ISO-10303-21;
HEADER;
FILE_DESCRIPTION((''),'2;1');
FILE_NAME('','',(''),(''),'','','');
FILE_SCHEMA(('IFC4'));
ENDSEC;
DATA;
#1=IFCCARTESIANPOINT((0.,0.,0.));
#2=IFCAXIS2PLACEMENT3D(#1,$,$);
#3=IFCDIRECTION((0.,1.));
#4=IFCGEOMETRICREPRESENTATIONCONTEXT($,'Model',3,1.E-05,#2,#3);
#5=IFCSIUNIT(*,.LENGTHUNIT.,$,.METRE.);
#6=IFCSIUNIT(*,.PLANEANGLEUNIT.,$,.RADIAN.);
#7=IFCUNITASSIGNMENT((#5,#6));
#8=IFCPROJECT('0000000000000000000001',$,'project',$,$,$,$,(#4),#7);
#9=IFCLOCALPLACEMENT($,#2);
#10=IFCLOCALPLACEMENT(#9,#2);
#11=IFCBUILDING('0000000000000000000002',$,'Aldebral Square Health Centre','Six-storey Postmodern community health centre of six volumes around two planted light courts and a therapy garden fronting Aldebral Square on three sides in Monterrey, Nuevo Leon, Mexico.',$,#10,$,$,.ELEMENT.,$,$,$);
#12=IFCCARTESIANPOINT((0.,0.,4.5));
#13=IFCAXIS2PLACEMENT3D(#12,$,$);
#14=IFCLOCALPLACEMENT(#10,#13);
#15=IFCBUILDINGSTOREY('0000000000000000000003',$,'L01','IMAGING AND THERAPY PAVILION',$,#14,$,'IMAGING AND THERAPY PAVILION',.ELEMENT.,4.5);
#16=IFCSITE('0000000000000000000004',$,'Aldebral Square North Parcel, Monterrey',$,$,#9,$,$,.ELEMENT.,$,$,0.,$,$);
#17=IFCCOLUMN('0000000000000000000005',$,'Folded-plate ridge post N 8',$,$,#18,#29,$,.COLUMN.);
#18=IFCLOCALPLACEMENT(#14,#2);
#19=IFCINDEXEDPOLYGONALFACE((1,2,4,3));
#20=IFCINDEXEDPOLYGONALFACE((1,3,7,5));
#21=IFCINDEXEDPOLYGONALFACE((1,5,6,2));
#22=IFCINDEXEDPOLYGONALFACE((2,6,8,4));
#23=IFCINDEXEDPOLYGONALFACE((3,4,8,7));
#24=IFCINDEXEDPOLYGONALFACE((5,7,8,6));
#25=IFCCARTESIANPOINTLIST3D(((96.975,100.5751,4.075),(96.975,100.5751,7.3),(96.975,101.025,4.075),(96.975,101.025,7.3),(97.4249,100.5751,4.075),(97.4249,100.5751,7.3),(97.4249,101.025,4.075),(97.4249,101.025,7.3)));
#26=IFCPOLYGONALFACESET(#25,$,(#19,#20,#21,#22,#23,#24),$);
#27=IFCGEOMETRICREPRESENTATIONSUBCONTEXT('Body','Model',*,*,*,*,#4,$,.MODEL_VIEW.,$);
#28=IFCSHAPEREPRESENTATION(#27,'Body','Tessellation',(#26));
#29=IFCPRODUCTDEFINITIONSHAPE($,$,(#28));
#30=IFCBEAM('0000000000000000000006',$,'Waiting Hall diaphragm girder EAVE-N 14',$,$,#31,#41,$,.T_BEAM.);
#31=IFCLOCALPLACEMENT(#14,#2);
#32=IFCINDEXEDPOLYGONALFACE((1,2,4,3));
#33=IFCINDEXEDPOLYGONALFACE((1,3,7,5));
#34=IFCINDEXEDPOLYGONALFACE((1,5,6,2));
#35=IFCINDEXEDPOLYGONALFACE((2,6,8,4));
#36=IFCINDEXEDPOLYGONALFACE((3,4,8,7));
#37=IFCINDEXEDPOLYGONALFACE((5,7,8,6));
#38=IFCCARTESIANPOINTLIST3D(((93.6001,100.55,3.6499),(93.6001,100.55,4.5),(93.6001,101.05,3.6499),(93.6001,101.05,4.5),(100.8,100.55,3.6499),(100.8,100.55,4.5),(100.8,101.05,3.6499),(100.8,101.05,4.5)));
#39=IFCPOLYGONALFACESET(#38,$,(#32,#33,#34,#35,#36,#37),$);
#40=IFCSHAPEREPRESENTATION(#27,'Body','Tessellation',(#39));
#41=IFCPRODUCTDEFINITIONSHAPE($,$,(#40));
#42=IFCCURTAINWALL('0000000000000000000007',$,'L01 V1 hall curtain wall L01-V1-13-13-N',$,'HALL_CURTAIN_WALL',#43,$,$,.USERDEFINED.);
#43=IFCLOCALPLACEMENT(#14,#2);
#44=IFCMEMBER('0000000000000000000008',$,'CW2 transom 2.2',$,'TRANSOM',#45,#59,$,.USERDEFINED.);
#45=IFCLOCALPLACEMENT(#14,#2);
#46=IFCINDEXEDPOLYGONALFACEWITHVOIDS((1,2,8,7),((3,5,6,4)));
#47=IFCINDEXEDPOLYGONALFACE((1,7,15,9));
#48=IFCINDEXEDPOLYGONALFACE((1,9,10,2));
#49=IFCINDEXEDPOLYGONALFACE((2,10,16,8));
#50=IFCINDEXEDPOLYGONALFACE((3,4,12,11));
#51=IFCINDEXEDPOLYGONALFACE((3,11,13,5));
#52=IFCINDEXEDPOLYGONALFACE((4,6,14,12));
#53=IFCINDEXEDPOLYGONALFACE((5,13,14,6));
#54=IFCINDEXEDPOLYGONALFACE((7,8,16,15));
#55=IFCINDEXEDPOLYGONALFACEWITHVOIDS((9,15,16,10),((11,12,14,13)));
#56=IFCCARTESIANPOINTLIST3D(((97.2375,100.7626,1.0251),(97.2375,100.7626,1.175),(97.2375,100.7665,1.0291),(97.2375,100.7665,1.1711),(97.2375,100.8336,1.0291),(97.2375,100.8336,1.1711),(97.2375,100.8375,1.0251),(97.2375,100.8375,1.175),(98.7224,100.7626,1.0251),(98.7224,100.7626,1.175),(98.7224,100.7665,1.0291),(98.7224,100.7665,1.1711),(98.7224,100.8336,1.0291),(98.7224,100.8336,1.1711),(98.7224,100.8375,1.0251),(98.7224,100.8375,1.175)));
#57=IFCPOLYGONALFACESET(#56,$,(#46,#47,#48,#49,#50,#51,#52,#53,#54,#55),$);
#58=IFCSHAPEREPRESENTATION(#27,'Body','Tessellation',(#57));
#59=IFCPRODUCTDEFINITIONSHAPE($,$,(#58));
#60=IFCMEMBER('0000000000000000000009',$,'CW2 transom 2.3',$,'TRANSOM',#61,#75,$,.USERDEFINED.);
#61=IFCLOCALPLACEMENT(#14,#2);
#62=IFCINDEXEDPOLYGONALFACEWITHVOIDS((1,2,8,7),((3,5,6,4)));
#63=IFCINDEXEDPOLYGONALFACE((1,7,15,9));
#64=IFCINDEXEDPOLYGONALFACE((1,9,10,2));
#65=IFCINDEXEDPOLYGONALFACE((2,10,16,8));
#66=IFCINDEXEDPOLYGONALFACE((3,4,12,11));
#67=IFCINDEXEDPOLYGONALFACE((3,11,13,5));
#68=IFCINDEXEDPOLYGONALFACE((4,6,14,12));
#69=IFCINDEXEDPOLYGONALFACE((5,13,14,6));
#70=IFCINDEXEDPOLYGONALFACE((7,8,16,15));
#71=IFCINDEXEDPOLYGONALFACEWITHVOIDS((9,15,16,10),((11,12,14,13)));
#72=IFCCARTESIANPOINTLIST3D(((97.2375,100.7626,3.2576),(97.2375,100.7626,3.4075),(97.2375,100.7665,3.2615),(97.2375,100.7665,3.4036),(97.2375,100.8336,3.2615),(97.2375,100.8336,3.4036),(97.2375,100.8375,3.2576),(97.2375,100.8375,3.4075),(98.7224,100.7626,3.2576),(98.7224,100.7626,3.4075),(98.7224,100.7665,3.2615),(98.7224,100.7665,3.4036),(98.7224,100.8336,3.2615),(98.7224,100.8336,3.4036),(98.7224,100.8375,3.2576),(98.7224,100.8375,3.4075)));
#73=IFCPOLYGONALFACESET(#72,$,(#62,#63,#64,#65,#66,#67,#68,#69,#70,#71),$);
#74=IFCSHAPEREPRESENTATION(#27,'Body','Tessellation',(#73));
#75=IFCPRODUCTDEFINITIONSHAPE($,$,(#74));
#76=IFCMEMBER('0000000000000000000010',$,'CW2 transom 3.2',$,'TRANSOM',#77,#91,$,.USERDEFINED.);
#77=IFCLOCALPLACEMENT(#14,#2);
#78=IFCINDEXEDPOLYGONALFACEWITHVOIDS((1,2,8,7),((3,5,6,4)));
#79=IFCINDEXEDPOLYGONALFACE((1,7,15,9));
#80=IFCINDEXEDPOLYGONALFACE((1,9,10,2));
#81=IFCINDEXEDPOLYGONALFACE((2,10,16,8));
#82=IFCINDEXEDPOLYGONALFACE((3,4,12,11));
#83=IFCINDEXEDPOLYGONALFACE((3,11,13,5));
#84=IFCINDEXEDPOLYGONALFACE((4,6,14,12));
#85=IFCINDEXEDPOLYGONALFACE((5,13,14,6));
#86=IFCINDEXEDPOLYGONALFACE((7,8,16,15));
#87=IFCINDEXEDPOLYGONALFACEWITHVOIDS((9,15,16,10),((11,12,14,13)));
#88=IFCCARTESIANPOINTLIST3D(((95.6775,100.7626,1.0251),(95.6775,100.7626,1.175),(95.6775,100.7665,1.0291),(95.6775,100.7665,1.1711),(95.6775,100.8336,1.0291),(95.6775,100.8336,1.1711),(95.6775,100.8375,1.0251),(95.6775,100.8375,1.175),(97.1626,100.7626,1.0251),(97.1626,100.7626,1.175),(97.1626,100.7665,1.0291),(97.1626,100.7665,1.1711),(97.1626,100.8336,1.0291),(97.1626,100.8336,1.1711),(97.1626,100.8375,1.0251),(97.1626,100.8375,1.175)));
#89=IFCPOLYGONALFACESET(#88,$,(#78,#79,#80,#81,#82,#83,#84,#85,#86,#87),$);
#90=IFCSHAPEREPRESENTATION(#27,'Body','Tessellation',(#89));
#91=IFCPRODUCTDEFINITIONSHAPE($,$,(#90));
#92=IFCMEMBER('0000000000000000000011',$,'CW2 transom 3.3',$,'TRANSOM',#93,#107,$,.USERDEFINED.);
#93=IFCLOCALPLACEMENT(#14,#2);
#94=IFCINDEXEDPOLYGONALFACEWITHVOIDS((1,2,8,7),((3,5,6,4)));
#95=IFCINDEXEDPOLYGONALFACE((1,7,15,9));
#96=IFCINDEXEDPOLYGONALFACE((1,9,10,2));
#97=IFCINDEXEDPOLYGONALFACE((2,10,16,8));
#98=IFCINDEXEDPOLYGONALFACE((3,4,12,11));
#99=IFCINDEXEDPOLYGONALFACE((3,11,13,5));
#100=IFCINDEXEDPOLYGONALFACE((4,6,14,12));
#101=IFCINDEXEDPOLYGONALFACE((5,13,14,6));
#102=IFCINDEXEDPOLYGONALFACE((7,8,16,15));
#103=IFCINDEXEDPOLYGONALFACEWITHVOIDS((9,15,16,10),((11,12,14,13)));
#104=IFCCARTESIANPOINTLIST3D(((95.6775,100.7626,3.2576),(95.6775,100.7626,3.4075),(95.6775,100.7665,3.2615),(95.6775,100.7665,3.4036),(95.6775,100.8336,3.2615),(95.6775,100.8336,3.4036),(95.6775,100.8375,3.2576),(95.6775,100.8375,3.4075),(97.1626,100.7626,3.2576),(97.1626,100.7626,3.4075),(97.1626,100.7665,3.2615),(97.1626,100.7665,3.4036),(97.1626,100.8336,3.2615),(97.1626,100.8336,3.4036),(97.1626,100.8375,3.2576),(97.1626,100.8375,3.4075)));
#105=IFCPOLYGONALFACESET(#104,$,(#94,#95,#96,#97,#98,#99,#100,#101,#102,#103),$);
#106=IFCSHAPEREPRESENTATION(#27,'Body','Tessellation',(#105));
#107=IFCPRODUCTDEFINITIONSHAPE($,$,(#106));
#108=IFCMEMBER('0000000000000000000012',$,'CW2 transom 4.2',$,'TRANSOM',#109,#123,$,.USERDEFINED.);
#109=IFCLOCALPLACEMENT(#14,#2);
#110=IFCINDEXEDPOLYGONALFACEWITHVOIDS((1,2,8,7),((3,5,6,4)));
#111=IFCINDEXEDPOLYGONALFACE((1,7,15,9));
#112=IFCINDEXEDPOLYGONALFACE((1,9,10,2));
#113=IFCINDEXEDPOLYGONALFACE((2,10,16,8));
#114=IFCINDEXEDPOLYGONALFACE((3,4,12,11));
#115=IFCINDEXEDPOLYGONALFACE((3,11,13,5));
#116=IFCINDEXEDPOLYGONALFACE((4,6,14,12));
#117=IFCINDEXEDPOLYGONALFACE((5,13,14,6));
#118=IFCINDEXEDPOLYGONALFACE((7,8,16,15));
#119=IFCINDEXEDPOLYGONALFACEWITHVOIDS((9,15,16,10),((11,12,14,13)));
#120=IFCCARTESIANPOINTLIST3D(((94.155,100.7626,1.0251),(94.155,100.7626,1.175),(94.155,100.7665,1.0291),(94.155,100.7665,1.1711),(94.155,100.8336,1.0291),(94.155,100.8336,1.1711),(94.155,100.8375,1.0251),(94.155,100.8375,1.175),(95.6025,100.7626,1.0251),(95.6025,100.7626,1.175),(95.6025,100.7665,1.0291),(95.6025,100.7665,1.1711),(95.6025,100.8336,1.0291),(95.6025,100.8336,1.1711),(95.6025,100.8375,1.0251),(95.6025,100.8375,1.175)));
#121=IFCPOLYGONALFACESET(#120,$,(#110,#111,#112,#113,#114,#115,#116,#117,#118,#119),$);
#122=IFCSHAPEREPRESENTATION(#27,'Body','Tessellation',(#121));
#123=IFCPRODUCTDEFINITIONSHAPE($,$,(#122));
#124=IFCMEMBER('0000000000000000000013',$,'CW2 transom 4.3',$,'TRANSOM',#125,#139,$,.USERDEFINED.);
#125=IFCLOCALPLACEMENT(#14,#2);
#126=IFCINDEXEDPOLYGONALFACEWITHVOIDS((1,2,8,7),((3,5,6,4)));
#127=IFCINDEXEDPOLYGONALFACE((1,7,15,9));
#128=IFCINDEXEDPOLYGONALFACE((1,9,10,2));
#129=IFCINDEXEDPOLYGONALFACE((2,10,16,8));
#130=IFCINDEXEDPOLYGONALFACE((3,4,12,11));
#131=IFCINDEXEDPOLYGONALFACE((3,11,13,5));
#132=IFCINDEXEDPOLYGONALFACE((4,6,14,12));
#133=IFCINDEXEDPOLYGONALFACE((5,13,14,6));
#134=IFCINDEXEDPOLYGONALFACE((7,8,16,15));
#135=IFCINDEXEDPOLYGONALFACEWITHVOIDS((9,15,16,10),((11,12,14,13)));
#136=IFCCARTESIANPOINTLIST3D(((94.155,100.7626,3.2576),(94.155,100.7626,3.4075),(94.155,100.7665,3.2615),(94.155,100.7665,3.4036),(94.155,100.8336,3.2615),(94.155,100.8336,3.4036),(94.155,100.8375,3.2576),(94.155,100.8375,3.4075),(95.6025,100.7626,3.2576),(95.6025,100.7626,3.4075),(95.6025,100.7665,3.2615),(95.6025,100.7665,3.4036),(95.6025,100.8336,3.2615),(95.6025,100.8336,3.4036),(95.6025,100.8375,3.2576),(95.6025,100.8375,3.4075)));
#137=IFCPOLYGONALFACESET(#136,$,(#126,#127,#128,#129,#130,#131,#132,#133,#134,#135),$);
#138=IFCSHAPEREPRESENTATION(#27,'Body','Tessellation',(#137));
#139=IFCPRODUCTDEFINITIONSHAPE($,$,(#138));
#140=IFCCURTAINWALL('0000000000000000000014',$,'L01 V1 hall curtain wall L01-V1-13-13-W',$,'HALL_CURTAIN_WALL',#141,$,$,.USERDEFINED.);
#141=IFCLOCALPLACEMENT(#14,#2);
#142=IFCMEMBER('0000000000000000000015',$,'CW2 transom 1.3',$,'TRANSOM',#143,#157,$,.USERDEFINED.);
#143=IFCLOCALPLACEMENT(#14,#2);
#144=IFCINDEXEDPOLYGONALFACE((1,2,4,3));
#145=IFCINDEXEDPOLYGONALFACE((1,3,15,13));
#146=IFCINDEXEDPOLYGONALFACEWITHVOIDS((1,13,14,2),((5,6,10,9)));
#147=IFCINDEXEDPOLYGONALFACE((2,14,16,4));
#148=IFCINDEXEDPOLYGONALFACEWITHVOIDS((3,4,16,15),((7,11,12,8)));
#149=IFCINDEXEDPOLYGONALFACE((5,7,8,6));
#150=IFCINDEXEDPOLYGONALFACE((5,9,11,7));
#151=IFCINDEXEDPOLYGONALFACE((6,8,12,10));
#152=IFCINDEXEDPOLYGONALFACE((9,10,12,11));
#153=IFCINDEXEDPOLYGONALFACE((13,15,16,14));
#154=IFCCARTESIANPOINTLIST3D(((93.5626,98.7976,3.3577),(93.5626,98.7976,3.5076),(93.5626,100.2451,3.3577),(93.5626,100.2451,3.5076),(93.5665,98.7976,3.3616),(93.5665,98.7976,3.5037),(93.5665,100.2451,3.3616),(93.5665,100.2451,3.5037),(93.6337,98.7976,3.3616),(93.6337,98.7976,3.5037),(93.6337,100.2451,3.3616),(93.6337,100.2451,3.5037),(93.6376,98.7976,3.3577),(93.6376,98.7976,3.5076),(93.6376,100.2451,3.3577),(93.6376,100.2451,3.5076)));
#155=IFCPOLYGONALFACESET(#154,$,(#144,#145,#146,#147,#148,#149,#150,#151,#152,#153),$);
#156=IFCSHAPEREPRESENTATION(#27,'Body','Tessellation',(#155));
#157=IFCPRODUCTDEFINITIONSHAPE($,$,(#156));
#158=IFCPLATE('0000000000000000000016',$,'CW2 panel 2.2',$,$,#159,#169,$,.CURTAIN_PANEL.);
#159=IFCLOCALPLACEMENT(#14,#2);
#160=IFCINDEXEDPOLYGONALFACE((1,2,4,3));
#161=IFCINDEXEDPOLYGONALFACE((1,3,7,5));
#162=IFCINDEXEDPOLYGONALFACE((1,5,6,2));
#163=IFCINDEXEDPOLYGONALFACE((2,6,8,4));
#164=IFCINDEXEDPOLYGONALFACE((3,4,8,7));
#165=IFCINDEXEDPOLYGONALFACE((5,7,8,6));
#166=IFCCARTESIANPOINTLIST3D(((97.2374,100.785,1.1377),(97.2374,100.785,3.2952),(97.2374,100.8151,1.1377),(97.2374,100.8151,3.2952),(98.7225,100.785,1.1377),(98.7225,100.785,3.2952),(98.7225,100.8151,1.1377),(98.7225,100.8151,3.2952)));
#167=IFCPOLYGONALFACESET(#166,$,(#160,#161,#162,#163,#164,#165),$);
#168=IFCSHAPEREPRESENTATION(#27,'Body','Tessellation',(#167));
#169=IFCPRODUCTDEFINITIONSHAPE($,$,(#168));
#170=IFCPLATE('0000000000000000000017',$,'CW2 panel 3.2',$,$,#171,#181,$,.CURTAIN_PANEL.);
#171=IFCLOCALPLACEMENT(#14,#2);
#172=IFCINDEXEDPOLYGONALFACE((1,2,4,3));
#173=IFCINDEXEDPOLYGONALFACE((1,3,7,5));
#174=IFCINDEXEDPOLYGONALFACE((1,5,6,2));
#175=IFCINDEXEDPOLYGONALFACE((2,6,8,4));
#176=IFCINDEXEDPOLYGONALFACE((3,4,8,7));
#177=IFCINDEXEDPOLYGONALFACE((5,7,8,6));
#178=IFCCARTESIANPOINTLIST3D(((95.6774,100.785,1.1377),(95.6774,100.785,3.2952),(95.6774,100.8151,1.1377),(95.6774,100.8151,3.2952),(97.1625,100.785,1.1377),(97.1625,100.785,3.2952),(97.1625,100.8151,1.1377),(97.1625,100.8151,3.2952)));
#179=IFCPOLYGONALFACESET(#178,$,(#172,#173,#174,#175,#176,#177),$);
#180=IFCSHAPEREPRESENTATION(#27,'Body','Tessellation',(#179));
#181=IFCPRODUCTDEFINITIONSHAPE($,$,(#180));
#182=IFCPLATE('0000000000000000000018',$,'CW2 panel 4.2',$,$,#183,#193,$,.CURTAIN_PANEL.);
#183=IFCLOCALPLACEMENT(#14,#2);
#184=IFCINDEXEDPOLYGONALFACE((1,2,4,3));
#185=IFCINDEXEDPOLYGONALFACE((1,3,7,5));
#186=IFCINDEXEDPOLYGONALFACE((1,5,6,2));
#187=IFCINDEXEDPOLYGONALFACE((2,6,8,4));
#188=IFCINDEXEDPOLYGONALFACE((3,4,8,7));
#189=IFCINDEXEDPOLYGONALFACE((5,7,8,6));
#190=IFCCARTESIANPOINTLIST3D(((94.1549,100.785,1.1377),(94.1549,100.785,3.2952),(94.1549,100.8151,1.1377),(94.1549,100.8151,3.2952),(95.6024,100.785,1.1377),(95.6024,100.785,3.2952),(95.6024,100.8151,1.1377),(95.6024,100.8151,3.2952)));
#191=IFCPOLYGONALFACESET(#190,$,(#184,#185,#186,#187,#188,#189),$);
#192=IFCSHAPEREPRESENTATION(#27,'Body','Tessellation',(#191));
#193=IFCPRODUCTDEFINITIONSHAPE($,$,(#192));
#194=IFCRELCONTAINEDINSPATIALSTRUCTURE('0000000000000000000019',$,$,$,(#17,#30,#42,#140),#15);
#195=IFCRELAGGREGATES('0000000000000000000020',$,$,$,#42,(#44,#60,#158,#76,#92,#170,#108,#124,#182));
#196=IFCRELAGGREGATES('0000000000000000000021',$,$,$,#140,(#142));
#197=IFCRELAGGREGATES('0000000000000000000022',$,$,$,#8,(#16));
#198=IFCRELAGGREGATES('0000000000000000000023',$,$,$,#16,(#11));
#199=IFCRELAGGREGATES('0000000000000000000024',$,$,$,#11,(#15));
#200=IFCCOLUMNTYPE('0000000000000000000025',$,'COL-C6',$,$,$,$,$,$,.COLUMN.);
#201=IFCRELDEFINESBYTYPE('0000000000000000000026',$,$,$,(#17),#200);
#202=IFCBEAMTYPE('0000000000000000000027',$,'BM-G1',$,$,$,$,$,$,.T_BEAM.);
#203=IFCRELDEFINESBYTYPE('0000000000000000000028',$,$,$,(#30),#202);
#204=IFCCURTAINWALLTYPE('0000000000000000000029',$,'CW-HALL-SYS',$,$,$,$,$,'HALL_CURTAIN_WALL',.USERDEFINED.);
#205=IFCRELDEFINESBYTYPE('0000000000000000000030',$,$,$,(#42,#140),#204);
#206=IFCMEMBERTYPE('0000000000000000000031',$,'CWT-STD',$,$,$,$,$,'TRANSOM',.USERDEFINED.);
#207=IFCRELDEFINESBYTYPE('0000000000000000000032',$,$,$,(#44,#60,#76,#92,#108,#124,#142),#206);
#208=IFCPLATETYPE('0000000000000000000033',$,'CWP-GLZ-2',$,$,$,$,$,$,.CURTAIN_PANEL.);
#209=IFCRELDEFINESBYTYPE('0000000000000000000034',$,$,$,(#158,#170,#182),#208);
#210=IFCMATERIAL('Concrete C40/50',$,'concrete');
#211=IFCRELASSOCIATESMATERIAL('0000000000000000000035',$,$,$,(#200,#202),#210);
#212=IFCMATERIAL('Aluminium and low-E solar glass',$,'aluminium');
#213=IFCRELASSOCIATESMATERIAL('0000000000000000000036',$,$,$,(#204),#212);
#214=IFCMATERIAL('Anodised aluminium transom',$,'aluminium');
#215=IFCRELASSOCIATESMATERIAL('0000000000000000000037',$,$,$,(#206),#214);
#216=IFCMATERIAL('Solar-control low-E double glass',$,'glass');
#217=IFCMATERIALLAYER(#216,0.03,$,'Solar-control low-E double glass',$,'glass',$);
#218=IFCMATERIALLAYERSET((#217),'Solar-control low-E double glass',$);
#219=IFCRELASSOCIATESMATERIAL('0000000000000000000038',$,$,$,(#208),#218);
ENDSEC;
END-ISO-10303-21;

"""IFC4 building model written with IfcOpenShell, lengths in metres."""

from ifc_helpers import new_model, si_unit, direction, frame, origin, origin_2d, place, context, subcontext, project, spatial, rectangle, hollow_rectangle, extrude, material, layer, layer_set, material_profile, profile_set, type_object, element, aggregate, save


model = new_model("IFC4")

# Units and contexts
model_context = context("Model", 3, precision=1e-05, world=origin(), true_north=direction((0.0, 1.0)))
body_context = subcontext(model_context, "Body", "Model", "MODEL_VIEW")
ifc_project = project(units=[si_unit("LENGTHUNIT", "METRE"), si_unit("PLANEANGLEUNIT", "RADIAN")], contexts=[model_context])

# Site, building, storey
site_placement = place(None, origin())
site = spatial("IfcSite", under=ifc_project, at=site_placement, Name="Aldebral Square North Parcel, Monterrey", CompositionType="ELEMENT", RefElevation=0.0)
building_placement = place(site_placement, origin())
building = spatial("IfcBuilding", under=site, at=building_placement, Name="Aldebral Square Health Centre", Description="Six-storey Postmodern community health centre of six volumes around two planted light courts and a therapy garden fronting Aldebral Square on three sides in Monterrey, Nuevo Leon, Mexico.", CompositionType="ELEMENT")
storey_placement = place(building_placement, frame((0.0, 0.0, 4.5)))
storey = spatial("IfcBuildingStorey", under=building, at=storey_placement, Name="L01", Description="IMAGING AND THERAPY PAVILION", LongName="IMAGING AND THERAPY PAVILION", CompositionType="ELEMENT", Elevation=4.5)

# Column
ifc_material_1 = material(Name="Concrete C40/50", Category="concrete")
ifc_material_profile_1 = material_profile(ifc_material_1, rectangle(XDim=0.45, YDim=0.45, at=origin_2d()), Name="RC 450x450")
ifc_profile_set_1 = profile_set([ifc_material_profile_1], Name="Concrete C40/50")
column_type = type_object("IfcColumnType", Name="COL-C6", PredefinedType="COLUMN", material=ifc_profile_set_1)
column_placement = place(storey_placement, frame((97.2, 100.8, 4.075), z_axis=(0.0, 0.0, 1.0), x_axis=(1.0, 0.0, 0.0)))
element("IfcColumn", 1, at=column_placement, inside=storey, type_object=column_type, Name="Folded-plate ridge post N 8", PredefinedType="COLUMN", context=body_context, shape_type="SweptSolid", body=[
    extrude(rectangle(XDim=0.45, YDim=0.45, at=origin_2d()), origin(), (0.0, 0.0, 1.0), 3.2251),
])

# Beam
ifc_material_profile_2 = material_profile(ifc_material_1, rectangle(XDim=0.5, YDim=0.8501, at=origin_2d()), Name="RC 500x850")
ifc_profile_set_2 = profile_set([ifc_material_profile_2], Name="Concrete C40/50")
beam_type = type_object("IfcBeamType", Name="BM-G1", PredefinedType="T_BEAM", material=ifc_profile_set_2)
beam_placement = place(storey_placement, frame((93.6001, 100.8, 4.075), z_axis=(1.0, 0.0, 0.0), x_axis=(0.0, 1.0, 0.0)))
element("IfcBeam", 2, at=beam_placement, inside=storey, type_object=beam_type, Name="Waiting Hall diaphragm girder EAVE-N 14", PredefinedType="T_BEAM", context=body_context, shape_type="SweptSolid", body=[
    extrude(rectangle(XDim=0.5, YDim=0.8501, at=origin_2d()), origin(), (0.0, 0.0, 1.0), 7.2),
])

# Curtain wall, members
ifc_material_2 = material(Name="Aluminium and low-E solar glass", Category="aluminium")
curtain_wall_type = type_object("IfcCurtainWallType", Name="CW-HALL-SYS", ElementType="HALL_CURTAIN_WALL", PredefinedType="USERDEFINED", material=ifc_material_2)
curtain_wall_1_placement = place(storey_placement, origin())
curtain_wall_1 = element("IfcCurtainWall", 3, at=curtain_wall_1_placement, inside=storey, type_object=curtain_wall_type, Name="L01 V1 hall curtain wall L01-V1-13-13-N", ObjectType="HALL_CURTAIN_WALL", PredefinedType="USERDEFINED")
ifc_material_3 = material(Name="Anodised aluminium transom", Category="aluminium")
ifc_material_profile_3 = material_profile(ifc_material_3, hollow_rectangle(XDim=0.075, YDim=0.1499, WallThickness=0.0039, at=origin_2d()), Name="CWT 75x150x4")
ifc_profile_set_3 = profile_set([ifc_material_profile_3], Name="Anodised aluminium transom")
member_type = type_object("IfcMemberType", Name="CWT-STD", ElementType="TRANSOM", PredefinedType="USERDEFINED", material=ifc_profile_set_3)
member_1_placement = place(storey_placement, frame((98.7224, 100.8, 1.1001), z_axis=(-1.0, 0.0, 0.0), x_axis=(0.0, -1.0, 0.0)))
member_1 = element("IfcMember", 4, at=member_1_placement, type_object=member_type, Name="CW2 transom 2.2", ObjectType="TRANSOM", PredefinedType="USERDEFINED", context=body_context, shape_type="SweptSolid", body=[
    extrude(hollow_rectangle(XDim=0.075, YDim=0.1499, WallThickness=0.0039, at=origin_2d()), origin(), (0.0, 0.0, 1.0), 1.4849),
])
member_2_placement = place(storey_placement, frame((98.7224, 100.8, 3.3325), z_axis=(-1.0, 0.0, 0.0), x_axis=(0.0, -1.0, 0.0)))
member_2 = element("IfcMember", 5, at=member_2_placement, type_object=member_type, Name="CW2 transom 2.3", ObjectType="TRANSOM", PredefinedType="USERDEFINED", context=body_context, shape_type="SweptSolid", body=[
    extrude(hollow_rectangle(XDim=0.075, YDim=0.1499, WallThickness=0.0039, at=origin_2d()), origin(), (0.0, 0.0, 1.0), 1.4849),
])
member_3_placement = place(storey_placement, frame((97.1626, 100.8, 1.1001), z_axis=(-1.0, 0.0, 0.0), x_axis=(0.0, -1.0, 0.0)))
member_3 = element("IfcMember", 6, at=member_3_placement, type_object=member_type, Name="CW2 transom 3.2", ObjectType="TRANSOM", PredefinedType="USERDEFINED", context=body_context, shape_type="SweptSolid", body=[
    extrude(hollow_rectangle(XDim=0.075, YDim=0.1499, WallThickness=0.0039, at=origin_2d()), origin(), (0.0, 0.0, 1.0), 1.4851),
])
member_4_placement = place(storey_placement, frame((97.1626, 100.8, 3.3325), z_axis=(-1.0, 0.0, 0.0), x_axis=(0.0, -1.0, 0.0)))
member_4 = element("IfcMember", 7, at=member_4_placement, type_object=member_type, Name="CW2 transom 3.3", ObjectType="TRANSOM", PredefinedType="USERDEFINED", context=body_context, shape_type="SweptSolid", body=[
    extrude(hollow_rectangle(XDim=0.075, YDim=0.1499, WallThickness=0.0039, at=origin_2d()), origin(), (0.0, 0.0, 1.0), 1.4851),
])
member_5_placement = place(storey_placement, frame((95.6025, 100.8, 1.1001), z_axis=(-1.0, 0.0, 0.0), x_axis=(0.0, -1.0, 0.0)))
member_5 = element("IfcMember", 8, at=member_5_placement, type_object=member_type, Name="CW2 transom 4.2", ObjectType="TRANSOM", PredefinedType="USERDEFINED", context=body_context, shape_type="SweptSolid", body=[
    extrude(hollow_rectangle(XDim=0.075, YDim=0.1499, WallThickness=0.0039, at=origin_2d()), origin(), (0.0, 0.0, 1.0), 1.4475),
])
member_6_placement = place(storey_placement, frame((95.6025, 100.8, 3.3325), z_axis=(-1.0, 0.0, 0.0), x_axis=(0.0, -1.0, 0.0)))
member_6 = element("IfcMember", 9, at=member_6_placement, type_object=member_type, Name="CW2 transom 4.3", ObjectType="TRANSOM", PredefinedType="USERDEFINED", context=body_context, shape_type="SweptSolid", body=[
    extrude(hollow_rectangle(XDim=0.075, YDim=0.1499, WallThickness=0.0039, at=origin_2d()), origin(), (0.0, 0.0, 1.0), 1.4475),
])

# Curtain wall, member
curtain_wall_2_placement = place(storey_placement, origin())
curtain_wall_2 = element("IfcCurtainWall", 10, at=curtain_wall_2_placement, inside=storey, type_object=curtain_wall_type, Name="L01 V1 hall curtain wall L01-V1-13-13-W", ObjectType="HALL_CURTAIN_WALL", PredefinedType="USERDEFINED")
member_7_placement = place(storey_placement, frame((93.6001, 100.2451, 3.4326), z_axis=(0.0, -1.0, 0.0), x_axis=(1.0, 0.0, 0.0)))
member_7 = element("IfcMember", 11, at=member_7_placement, type_object=member_type, Name="CW2 transom 1.3", ObjectType="TRANSOM", PredefinedType="USERDEFINED", context=body_context, shape_type="SweptSolid", body=[
    extrude(hollow_rectangle(XDim=0.075, YDim=0.1499, WallThickness=0.0039, at=origin_2d()), origin(), (0.0, 0.0, 1.0), 1.4475),
])

# Plates
ifc_material_4 = material(Name="Solar-control low-E double glass", Category="glass")
ifc_layer_1 = layer(ifc_material_4, 0.03, Name="Solar-control low-E double glass", Category="glass")
ifc_layer_set_1 = layer_set([ifc_layer_1], Name="Solar-control low-E double glass")
plate_type = type_object("IfcPlateType", Name="CWP-GLZ-2", PredefinedType="CURTAIN_PANEL", material=ifc_layer_set_1)
plate_1_placement = place(storey_placement, frame((97.98, 100.8, 1.1377), z_axis=(0.0, 0.0, 1.0), x_axis=(-1.0, 0.0, 0.0)))
plate_1 = element("IfcPlate", 12, at=plate_1_placement, type_object=plate_type, Name="CW2 panel 2.2", PredefinedType="CURTAIN_PANEL", context=body_context, shape_type="SweptSolid", body=[
    extrude(rectangle(XDim=1.4851, YDim=0.03, at=origin_2d()), origin(), (0.0, 0.0, 1.0), 2.1575),
])
plate_2_placement = place(storey_placement, frame((96.4199, 100.8, 1.1377), z_axis=(0.0, 0.0, 1.0), x_axis=(-1.0, 0.0, 0.0)))
plate_2 = element("IfcPlate", 13, at=plate_2_placement, type_object=plate_type, Name="CW2 panel 3.2", PredefinedType="CURTAIN_PANEL", context=body_context, shape_type="SweptSolid", body=[
    extrude(rectangle(XDim=1.4851, YDim=0.03, at=origin_2d()), origin(), (0.0, 0.0, 1.0), 2.1575),
])
plate_3_placement = place(storey_placement, frame((94.8787, 100.8, 1.1377), z_axis=(0.0, 0.0, 1.0), x_axis=(-1.0, 0.0, 0.0)))
plate_3 = element("IfcPlate", 14, at=plate_3_placement, type_object=plate_type, Name="CW2 panel 4.2", PredefinedType="CURTAIN_PANEL", context=body_context, shape_type="SweptSolid", body=[
    extrude(rectangle(XDim=1.4475, YDim=0.03, at=origin_2d()), origin(), (0.0, 0.0, 1.0), 2.1575),
])
aggregate(curtain_wall_1, [member_1, member_2, plate_1, member_3, member_4, plate_2, member_5, member_6, plate_3])
aggregate(curtain_wall_2, [member_7])

save(model, "model.ifc")
